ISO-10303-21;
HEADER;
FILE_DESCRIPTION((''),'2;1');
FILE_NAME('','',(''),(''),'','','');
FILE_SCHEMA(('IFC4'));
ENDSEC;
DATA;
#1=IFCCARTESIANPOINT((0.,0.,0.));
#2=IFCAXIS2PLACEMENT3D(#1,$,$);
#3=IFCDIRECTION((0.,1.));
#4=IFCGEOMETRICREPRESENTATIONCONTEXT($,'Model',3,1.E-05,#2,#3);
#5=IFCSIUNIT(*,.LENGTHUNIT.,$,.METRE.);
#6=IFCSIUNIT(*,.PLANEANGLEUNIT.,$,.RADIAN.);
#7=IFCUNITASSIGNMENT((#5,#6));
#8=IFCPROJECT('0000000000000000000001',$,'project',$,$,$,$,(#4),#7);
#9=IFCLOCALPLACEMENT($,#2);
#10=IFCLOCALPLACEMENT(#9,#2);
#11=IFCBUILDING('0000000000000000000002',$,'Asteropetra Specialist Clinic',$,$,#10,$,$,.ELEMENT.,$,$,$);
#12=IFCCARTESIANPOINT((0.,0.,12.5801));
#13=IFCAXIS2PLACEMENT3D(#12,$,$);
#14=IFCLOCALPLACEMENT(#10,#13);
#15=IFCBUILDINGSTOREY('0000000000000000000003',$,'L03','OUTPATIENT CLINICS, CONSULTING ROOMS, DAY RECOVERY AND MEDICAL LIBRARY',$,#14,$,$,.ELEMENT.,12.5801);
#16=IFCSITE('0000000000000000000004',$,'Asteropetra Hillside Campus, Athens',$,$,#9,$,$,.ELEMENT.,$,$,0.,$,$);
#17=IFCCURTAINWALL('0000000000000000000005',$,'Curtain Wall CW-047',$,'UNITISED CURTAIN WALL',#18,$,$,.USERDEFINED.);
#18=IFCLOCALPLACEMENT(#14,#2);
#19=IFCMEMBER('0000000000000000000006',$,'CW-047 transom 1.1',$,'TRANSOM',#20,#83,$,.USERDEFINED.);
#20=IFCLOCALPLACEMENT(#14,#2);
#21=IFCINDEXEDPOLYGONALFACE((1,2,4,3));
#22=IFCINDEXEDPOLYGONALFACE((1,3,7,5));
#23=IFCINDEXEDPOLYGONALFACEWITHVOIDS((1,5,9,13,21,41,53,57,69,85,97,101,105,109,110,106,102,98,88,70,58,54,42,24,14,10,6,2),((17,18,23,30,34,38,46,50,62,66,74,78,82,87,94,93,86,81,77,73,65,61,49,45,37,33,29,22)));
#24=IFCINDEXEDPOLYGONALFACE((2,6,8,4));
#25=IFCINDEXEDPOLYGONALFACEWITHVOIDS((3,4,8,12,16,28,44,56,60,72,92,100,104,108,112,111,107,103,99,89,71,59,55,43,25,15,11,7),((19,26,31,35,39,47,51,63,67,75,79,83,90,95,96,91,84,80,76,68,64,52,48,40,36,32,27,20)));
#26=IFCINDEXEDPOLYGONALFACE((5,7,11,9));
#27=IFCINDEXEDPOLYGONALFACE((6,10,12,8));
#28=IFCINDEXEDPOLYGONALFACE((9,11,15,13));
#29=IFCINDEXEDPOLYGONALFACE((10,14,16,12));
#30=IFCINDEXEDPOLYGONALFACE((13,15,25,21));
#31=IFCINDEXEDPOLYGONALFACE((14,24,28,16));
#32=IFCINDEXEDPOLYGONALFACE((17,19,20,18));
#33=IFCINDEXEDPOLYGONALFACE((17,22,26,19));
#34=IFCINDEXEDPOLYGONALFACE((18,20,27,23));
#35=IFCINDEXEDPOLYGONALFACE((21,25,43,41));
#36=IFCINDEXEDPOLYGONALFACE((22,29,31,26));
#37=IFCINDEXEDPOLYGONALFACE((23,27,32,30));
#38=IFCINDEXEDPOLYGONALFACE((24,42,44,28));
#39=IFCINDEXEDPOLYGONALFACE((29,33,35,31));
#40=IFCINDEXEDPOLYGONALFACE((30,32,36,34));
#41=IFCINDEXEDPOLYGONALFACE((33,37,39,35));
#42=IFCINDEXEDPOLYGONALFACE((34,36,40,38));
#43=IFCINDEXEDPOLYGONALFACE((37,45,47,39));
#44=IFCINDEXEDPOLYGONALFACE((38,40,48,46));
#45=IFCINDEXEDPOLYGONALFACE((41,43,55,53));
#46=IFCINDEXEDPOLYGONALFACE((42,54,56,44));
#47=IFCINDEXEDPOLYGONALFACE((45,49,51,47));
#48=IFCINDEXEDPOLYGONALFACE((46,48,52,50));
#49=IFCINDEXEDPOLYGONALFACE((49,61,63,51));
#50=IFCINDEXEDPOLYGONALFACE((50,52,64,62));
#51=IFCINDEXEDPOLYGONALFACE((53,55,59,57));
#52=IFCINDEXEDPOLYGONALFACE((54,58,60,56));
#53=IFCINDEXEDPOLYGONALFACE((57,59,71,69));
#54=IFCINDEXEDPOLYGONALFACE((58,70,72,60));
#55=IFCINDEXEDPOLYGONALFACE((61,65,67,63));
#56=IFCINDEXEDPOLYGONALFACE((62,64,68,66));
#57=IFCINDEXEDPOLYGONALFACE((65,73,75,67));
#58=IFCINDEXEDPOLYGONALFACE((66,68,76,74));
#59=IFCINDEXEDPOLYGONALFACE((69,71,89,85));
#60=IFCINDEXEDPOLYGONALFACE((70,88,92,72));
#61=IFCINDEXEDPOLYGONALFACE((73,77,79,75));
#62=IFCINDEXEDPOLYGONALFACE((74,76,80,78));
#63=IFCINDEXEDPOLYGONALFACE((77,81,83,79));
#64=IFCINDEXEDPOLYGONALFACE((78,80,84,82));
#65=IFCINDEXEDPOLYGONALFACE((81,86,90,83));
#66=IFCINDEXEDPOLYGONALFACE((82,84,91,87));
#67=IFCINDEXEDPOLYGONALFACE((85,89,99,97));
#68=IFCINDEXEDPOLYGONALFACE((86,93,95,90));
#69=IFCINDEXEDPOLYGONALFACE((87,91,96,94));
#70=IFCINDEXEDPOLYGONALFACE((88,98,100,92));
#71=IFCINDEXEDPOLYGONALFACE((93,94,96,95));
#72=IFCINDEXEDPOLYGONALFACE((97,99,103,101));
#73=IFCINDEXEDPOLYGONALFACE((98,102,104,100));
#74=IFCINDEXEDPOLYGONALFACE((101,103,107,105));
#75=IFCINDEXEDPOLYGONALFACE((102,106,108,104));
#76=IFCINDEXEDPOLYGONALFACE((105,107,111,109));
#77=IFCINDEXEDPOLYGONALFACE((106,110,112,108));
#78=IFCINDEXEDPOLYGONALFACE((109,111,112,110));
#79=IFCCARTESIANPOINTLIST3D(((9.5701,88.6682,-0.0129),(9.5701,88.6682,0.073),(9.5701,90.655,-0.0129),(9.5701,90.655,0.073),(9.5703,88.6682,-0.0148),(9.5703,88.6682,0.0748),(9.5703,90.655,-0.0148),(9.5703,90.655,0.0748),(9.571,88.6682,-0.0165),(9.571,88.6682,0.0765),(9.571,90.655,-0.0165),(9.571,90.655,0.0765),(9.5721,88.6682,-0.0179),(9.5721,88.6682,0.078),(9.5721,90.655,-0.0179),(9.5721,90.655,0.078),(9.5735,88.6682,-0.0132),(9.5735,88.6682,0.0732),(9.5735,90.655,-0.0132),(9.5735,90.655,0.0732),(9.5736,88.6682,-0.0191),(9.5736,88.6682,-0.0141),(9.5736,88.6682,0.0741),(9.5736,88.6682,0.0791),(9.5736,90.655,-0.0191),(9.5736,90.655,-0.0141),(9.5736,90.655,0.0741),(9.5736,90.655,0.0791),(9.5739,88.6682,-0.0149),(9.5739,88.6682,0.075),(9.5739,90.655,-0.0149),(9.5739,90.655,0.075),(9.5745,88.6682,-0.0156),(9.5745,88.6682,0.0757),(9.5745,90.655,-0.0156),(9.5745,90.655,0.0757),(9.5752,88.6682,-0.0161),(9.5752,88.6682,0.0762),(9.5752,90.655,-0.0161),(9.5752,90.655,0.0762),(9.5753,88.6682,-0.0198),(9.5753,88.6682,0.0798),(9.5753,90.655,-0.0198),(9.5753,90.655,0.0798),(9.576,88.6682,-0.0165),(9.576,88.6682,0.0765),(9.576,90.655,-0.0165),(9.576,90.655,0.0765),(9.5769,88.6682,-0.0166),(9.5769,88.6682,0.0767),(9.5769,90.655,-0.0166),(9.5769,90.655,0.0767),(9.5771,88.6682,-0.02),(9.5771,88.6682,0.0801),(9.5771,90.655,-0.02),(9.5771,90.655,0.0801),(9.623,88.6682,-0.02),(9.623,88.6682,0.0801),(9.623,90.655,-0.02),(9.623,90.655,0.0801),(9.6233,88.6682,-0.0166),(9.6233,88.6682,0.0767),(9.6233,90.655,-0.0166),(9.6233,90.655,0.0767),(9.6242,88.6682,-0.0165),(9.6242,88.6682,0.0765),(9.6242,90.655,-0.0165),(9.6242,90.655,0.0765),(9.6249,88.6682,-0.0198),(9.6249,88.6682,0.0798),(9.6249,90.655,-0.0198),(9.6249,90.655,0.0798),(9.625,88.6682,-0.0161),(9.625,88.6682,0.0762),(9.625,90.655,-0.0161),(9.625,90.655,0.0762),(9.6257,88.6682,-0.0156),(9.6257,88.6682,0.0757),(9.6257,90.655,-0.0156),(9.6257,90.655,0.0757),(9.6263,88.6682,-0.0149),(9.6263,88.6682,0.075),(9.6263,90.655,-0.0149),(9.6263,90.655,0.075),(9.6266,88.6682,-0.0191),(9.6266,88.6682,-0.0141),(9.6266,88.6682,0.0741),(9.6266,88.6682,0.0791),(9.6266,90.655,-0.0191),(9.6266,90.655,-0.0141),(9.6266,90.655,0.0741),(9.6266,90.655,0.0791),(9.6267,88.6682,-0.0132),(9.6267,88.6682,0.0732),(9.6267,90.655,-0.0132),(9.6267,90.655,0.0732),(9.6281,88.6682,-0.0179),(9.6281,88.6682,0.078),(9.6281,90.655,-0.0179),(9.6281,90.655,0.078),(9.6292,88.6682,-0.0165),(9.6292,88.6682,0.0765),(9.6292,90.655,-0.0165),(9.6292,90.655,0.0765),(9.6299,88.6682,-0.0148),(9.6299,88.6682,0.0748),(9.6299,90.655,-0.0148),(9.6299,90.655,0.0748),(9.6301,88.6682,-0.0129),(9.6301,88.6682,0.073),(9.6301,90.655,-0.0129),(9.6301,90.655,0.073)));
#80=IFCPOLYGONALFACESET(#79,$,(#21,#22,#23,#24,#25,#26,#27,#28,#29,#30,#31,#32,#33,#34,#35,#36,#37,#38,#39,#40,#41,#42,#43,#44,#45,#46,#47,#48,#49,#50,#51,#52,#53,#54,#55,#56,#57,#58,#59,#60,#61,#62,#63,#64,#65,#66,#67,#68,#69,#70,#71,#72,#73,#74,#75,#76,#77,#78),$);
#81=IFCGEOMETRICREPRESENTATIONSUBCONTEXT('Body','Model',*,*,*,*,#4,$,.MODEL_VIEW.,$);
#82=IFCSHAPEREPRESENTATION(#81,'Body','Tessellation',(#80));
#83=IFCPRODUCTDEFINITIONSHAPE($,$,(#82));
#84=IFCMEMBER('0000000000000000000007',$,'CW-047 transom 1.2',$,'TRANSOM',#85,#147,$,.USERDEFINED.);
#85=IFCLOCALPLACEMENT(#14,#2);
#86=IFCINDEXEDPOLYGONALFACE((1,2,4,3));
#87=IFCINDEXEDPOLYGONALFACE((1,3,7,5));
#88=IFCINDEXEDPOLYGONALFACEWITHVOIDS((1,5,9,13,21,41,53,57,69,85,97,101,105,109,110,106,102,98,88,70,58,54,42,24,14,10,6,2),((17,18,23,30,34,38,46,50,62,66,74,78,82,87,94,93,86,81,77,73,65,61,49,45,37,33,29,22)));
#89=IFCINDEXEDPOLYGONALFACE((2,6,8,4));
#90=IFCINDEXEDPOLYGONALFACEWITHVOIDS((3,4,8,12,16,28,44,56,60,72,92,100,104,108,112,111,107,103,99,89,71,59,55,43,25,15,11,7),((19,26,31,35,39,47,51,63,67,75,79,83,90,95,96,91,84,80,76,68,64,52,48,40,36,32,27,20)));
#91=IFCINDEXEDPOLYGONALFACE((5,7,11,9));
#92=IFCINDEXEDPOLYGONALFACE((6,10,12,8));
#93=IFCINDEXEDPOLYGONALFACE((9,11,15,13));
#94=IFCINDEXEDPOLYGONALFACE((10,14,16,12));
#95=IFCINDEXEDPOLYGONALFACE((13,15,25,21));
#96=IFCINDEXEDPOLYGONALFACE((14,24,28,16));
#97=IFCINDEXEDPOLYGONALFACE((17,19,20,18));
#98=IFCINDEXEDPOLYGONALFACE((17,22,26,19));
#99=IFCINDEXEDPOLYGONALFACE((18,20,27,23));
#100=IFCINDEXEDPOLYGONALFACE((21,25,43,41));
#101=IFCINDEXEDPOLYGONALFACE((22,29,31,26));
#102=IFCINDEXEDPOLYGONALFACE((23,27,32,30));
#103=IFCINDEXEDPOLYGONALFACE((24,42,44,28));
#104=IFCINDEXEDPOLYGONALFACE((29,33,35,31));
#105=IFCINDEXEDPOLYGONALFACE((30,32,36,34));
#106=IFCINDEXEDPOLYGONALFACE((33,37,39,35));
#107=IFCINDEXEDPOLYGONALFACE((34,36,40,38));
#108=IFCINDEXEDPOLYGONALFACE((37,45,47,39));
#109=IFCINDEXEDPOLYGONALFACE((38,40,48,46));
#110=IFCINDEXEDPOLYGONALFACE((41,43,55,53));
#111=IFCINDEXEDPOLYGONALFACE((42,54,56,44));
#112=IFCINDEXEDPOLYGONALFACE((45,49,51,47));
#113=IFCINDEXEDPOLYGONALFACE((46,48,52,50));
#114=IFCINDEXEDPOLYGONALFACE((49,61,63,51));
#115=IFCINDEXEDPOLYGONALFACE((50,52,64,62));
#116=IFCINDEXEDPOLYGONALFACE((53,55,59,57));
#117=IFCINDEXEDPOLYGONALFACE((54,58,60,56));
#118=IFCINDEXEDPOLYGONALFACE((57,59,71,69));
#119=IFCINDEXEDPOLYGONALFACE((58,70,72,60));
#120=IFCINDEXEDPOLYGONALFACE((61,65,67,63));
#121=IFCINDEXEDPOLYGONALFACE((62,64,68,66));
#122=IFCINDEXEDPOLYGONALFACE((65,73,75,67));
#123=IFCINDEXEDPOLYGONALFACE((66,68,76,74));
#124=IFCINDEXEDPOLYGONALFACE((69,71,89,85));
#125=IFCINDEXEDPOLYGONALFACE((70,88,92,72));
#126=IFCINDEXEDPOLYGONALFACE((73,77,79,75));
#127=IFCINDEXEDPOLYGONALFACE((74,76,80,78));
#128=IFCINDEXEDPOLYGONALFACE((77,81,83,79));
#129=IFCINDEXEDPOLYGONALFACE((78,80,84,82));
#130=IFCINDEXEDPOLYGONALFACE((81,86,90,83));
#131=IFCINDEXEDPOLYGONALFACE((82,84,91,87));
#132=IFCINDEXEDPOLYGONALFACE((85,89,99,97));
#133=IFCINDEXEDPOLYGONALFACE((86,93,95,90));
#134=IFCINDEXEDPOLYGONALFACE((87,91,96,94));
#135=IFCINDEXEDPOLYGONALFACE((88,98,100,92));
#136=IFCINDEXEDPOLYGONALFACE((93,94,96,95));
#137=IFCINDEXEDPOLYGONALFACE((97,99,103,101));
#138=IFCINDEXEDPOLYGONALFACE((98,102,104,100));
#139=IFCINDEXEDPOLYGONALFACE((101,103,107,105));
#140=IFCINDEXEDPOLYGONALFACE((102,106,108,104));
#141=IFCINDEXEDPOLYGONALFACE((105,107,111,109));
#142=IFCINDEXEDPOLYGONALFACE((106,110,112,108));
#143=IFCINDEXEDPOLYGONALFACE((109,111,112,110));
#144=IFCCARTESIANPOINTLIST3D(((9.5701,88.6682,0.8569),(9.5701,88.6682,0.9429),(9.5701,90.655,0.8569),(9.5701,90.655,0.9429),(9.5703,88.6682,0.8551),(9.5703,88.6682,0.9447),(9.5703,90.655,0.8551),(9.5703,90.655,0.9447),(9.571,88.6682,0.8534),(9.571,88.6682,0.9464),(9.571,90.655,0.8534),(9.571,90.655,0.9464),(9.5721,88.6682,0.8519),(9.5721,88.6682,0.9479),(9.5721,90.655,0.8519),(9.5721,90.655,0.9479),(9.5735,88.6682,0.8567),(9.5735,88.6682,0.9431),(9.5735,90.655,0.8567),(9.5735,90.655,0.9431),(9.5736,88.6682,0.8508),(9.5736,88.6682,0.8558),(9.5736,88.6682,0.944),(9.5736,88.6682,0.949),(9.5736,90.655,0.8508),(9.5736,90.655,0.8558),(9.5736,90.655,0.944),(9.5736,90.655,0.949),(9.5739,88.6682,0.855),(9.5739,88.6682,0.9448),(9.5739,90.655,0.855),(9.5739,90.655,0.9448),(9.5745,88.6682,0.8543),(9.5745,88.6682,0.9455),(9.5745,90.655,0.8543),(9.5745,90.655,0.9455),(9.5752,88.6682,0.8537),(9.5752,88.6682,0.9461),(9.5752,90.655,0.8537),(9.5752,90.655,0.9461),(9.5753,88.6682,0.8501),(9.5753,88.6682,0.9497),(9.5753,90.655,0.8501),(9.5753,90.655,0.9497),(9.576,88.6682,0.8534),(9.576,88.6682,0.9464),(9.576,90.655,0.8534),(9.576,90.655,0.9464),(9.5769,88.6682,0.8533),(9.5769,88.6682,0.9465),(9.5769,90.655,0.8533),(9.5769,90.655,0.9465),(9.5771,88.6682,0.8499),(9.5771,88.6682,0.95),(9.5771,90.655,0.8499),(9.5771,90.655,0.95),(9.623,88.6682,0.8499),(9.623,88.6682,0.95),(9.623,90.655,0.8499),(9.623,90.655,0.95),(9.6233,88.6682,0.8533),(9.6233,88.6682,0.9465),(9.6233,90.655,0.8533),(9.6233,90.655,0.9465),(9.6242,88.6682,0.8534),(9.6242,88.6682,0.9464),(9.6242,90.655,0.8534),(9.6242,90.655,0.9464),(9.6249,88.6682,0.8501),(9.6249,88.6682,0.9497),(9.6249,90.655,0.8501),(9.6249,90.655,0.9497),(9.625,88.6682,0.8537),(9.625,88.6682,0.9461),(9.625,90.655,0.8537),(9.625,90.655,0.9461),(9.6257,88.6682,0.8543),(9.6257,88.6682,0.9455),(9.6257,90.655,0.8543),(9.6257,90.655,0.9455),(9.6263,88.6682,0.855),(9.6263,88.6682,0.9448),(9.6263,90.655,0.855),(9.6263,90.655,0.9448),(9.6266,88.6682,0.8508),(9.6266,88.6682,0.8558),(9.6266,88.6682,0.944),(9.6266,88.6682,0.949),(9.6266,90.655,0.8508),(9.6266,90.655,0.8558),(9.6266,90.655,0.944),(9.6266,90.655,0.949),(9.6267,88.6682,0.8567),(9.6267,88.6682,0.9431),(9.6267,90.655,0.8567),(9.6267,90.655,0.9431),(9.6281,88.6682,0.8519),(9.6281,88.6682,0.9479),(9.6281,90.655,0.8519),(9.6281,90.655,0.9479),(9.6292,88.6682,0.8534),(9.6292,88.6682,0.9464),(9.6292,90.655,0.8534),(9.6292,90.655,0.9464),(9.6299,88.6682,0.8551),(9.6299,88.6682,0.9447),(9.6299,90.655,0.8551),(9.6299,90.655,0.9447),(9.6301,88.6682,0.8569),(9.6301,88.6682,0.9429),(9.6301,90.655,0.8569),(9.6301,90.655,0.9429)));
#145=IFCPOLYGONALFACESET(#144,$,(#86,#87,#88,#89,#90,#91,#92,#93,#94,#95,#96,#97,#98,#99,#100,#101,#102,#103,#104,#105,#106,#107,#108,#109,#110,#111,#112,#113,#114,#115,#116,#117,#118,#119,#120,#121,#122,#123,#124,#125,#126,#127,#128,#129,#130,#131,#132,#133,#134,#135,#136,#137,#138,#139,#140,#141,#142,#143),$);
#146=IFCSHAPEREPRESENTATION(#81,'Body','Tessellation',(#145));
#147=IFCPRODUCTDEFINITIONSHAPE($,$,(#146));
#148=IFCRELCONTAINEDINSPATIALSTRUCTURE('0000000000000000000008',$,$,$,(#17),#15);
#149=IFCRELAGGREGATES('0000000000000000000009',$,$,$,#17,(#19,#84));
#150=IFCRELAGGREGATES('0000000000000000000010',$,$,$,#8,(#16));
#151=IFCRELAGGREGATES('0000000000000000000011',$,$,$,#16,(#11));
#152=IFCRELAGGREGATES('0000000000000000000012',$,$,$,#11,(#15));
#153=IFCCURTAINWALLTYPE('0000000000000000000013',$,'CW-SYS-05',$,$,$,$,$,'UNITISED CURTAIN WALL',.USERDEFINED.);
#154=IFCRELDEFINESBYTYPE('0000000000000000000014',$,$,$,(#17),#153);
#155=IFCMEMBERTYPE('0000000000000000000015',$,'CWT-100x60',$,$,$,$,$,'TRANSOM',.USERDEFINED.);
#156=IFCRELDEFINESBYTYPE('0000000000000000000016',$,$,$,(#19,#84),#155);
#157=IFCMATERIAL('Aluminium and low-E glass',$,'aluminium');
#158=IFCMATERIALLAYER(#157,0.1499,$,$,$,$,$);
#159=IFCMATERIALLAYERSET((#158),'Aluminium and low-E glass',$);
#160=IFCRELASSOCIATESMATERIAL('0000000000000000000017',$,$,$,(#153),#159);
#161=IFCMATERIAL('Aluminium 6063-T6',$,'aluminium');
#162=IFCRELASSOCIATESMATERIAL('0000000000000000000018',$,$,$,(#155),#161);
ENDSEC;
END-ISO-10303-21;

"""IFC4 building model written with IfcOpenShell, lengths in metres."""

from ifc_helpers import new_model, si_unit, direction, frame, origin, origin_2d, place, context, subcontext, project, spatial, hollow_rectangle, extrude, material, layer, layer_set, material_profile, profile_set, type_object, element, aggregate, save


model = new_model("IFC4")

# Units and contexts
model_context = context("Model", 3, precision=1e-05, world=origin(), true_north=direction((0.0, 1.0)))
body_context = subcontext(model_context, "Body", "Model", "MODEL_VIEW")
ifc_project = project(units=[si_unit("LENGTHUNIT", "METRE"), si_unit("PLANEANGLEUNIT", "RADIAN")], contexts=[model_context])

# Site, building, storey
site_placement = place(None, origin())
site = spatial("IfcSite", under=ifc_project, at=site_placement, Name="Asteropetra Hillside Campus, Athens", CompositionType="ELEMENT", RefElevation=0.0)
building_placement = place(site_placement, origin())
building = spatial("IfcBuilding", under=site, at=building_placement, Name="Asteropetra Specialist Clinic", CompositionType="ELEMENT")
storey_placement = place(building_placement, frame((0.0, 0.0, 12.5801)))
storey = spatial("IfcBuildingStorey", under=building, at=storey_placement, Name="L03", Description="OUTPATIENT CLINICS, CONSULTING ROOMS, DAY RECOVERY AND MEDICAL LIBRARY", CompositionType="ELEMENT", Elevation=12.5801)

# Curtain wall, members
ifc_material_1 = material(Name="Aluminium and low-E glass", Category="aluminium")
ifc_layer_1 = layer(ifc_material_1, 0.1499)
ifc_layer_set_1 = layer_set([ifc_layer_1], Name="Aluminium and low-E glass")
curtain_wall_type = type_object("IfcCurtainWallType", Name="CW-SYS-05", ElementType="UNITISED CURTAIN WALL", PredefinedType="USERDEFINED", material=ifc_layer_set_1)
curtain_wall_placement = place(storey_placement, origin())
curtain_wall = element("IfcCurtainWall", 1, at=curtain_wall_placement, inside=storey, type_object=curtain_wall_type, Name="Curtain Wall CW-047", ObjectType="UNITISED CURTAIN WALL", PredefinedType="USERDEFINED")
ifc_material_2 = material(Name="Aluminium 6063-T6", Category="aluminium")
ifc_material_profile_1 = material_profile(ifc_material_2, hollow_rectangle(XDim=0.0601, YDim=0.1001, WallThickness=0.0034, InnerFilletRadius=0.0034, OuterFilletRadius=0.0071, at=origin_2d()), Name="TRN 100x60x3.5")
ifc_profile_set_1 = profile_set([ifc_material_profile_1], Name="Aluminium 6063-T6")
member_type_1 = type_object("IfcMemberType", Name="CWT-100x60", ElementType="TRANSOM", PredefinedType="USERDEFINED", material=ifc_profile_set_1)
member_1_placement = place(storey_placement, frame((9.6001, 90.655, 0.03), z_axis=(0.0, -1.0, 0.0), x_axis=(1.0, 0.0, 0.0)))
member_1 = element("IfcMember", 2, at=member_1_placement, type_object=member_type_1, Name="CW-047 transom 1.1", ObjectType="TRANSOM", PredefinedType="USERDEFINED", context=body_context, shape_type="SweptSolid", body=[
    extrude(hollow_rectangle(XDim=0.0601, YDim=0.1001, WallThickness=0.0034, InnerFilletRadius=0.0034, OuterFilletRadius=0.0071, at=origin_2d()), origin(), (0.0, 0.0, 1.0), 1.9868),
])
member_2_placement = place(storey_placement, frame((9.6001, 90.655, 0.8999), z_axis=(0.0, -1.0, 0.0), x_axis=(1.0, 0.0, 0.0)))
member_2 = element("IfcMember", 3, at=member_2_placement, type_object=member_type_1, Name="CW-047 transom 1.2", ObjectType="TRANSOM", PredefinedType="USERDEFINED", context=body_context, shape_type="SweptSolid", body=[
    extrude(hollow_rectangle(XDim=0.0601, YDim=0.1001, WallThickness=0.0034, InnerFilletRadius=0.0034, OuterFilletRadius=0.0071, at=origin_2d()), origin(), (0.0, 0.0, 1.0), 1.9868),
])

aggregate(curtain_wall, [member_1, member_2])

save(model, "model.ifc")
